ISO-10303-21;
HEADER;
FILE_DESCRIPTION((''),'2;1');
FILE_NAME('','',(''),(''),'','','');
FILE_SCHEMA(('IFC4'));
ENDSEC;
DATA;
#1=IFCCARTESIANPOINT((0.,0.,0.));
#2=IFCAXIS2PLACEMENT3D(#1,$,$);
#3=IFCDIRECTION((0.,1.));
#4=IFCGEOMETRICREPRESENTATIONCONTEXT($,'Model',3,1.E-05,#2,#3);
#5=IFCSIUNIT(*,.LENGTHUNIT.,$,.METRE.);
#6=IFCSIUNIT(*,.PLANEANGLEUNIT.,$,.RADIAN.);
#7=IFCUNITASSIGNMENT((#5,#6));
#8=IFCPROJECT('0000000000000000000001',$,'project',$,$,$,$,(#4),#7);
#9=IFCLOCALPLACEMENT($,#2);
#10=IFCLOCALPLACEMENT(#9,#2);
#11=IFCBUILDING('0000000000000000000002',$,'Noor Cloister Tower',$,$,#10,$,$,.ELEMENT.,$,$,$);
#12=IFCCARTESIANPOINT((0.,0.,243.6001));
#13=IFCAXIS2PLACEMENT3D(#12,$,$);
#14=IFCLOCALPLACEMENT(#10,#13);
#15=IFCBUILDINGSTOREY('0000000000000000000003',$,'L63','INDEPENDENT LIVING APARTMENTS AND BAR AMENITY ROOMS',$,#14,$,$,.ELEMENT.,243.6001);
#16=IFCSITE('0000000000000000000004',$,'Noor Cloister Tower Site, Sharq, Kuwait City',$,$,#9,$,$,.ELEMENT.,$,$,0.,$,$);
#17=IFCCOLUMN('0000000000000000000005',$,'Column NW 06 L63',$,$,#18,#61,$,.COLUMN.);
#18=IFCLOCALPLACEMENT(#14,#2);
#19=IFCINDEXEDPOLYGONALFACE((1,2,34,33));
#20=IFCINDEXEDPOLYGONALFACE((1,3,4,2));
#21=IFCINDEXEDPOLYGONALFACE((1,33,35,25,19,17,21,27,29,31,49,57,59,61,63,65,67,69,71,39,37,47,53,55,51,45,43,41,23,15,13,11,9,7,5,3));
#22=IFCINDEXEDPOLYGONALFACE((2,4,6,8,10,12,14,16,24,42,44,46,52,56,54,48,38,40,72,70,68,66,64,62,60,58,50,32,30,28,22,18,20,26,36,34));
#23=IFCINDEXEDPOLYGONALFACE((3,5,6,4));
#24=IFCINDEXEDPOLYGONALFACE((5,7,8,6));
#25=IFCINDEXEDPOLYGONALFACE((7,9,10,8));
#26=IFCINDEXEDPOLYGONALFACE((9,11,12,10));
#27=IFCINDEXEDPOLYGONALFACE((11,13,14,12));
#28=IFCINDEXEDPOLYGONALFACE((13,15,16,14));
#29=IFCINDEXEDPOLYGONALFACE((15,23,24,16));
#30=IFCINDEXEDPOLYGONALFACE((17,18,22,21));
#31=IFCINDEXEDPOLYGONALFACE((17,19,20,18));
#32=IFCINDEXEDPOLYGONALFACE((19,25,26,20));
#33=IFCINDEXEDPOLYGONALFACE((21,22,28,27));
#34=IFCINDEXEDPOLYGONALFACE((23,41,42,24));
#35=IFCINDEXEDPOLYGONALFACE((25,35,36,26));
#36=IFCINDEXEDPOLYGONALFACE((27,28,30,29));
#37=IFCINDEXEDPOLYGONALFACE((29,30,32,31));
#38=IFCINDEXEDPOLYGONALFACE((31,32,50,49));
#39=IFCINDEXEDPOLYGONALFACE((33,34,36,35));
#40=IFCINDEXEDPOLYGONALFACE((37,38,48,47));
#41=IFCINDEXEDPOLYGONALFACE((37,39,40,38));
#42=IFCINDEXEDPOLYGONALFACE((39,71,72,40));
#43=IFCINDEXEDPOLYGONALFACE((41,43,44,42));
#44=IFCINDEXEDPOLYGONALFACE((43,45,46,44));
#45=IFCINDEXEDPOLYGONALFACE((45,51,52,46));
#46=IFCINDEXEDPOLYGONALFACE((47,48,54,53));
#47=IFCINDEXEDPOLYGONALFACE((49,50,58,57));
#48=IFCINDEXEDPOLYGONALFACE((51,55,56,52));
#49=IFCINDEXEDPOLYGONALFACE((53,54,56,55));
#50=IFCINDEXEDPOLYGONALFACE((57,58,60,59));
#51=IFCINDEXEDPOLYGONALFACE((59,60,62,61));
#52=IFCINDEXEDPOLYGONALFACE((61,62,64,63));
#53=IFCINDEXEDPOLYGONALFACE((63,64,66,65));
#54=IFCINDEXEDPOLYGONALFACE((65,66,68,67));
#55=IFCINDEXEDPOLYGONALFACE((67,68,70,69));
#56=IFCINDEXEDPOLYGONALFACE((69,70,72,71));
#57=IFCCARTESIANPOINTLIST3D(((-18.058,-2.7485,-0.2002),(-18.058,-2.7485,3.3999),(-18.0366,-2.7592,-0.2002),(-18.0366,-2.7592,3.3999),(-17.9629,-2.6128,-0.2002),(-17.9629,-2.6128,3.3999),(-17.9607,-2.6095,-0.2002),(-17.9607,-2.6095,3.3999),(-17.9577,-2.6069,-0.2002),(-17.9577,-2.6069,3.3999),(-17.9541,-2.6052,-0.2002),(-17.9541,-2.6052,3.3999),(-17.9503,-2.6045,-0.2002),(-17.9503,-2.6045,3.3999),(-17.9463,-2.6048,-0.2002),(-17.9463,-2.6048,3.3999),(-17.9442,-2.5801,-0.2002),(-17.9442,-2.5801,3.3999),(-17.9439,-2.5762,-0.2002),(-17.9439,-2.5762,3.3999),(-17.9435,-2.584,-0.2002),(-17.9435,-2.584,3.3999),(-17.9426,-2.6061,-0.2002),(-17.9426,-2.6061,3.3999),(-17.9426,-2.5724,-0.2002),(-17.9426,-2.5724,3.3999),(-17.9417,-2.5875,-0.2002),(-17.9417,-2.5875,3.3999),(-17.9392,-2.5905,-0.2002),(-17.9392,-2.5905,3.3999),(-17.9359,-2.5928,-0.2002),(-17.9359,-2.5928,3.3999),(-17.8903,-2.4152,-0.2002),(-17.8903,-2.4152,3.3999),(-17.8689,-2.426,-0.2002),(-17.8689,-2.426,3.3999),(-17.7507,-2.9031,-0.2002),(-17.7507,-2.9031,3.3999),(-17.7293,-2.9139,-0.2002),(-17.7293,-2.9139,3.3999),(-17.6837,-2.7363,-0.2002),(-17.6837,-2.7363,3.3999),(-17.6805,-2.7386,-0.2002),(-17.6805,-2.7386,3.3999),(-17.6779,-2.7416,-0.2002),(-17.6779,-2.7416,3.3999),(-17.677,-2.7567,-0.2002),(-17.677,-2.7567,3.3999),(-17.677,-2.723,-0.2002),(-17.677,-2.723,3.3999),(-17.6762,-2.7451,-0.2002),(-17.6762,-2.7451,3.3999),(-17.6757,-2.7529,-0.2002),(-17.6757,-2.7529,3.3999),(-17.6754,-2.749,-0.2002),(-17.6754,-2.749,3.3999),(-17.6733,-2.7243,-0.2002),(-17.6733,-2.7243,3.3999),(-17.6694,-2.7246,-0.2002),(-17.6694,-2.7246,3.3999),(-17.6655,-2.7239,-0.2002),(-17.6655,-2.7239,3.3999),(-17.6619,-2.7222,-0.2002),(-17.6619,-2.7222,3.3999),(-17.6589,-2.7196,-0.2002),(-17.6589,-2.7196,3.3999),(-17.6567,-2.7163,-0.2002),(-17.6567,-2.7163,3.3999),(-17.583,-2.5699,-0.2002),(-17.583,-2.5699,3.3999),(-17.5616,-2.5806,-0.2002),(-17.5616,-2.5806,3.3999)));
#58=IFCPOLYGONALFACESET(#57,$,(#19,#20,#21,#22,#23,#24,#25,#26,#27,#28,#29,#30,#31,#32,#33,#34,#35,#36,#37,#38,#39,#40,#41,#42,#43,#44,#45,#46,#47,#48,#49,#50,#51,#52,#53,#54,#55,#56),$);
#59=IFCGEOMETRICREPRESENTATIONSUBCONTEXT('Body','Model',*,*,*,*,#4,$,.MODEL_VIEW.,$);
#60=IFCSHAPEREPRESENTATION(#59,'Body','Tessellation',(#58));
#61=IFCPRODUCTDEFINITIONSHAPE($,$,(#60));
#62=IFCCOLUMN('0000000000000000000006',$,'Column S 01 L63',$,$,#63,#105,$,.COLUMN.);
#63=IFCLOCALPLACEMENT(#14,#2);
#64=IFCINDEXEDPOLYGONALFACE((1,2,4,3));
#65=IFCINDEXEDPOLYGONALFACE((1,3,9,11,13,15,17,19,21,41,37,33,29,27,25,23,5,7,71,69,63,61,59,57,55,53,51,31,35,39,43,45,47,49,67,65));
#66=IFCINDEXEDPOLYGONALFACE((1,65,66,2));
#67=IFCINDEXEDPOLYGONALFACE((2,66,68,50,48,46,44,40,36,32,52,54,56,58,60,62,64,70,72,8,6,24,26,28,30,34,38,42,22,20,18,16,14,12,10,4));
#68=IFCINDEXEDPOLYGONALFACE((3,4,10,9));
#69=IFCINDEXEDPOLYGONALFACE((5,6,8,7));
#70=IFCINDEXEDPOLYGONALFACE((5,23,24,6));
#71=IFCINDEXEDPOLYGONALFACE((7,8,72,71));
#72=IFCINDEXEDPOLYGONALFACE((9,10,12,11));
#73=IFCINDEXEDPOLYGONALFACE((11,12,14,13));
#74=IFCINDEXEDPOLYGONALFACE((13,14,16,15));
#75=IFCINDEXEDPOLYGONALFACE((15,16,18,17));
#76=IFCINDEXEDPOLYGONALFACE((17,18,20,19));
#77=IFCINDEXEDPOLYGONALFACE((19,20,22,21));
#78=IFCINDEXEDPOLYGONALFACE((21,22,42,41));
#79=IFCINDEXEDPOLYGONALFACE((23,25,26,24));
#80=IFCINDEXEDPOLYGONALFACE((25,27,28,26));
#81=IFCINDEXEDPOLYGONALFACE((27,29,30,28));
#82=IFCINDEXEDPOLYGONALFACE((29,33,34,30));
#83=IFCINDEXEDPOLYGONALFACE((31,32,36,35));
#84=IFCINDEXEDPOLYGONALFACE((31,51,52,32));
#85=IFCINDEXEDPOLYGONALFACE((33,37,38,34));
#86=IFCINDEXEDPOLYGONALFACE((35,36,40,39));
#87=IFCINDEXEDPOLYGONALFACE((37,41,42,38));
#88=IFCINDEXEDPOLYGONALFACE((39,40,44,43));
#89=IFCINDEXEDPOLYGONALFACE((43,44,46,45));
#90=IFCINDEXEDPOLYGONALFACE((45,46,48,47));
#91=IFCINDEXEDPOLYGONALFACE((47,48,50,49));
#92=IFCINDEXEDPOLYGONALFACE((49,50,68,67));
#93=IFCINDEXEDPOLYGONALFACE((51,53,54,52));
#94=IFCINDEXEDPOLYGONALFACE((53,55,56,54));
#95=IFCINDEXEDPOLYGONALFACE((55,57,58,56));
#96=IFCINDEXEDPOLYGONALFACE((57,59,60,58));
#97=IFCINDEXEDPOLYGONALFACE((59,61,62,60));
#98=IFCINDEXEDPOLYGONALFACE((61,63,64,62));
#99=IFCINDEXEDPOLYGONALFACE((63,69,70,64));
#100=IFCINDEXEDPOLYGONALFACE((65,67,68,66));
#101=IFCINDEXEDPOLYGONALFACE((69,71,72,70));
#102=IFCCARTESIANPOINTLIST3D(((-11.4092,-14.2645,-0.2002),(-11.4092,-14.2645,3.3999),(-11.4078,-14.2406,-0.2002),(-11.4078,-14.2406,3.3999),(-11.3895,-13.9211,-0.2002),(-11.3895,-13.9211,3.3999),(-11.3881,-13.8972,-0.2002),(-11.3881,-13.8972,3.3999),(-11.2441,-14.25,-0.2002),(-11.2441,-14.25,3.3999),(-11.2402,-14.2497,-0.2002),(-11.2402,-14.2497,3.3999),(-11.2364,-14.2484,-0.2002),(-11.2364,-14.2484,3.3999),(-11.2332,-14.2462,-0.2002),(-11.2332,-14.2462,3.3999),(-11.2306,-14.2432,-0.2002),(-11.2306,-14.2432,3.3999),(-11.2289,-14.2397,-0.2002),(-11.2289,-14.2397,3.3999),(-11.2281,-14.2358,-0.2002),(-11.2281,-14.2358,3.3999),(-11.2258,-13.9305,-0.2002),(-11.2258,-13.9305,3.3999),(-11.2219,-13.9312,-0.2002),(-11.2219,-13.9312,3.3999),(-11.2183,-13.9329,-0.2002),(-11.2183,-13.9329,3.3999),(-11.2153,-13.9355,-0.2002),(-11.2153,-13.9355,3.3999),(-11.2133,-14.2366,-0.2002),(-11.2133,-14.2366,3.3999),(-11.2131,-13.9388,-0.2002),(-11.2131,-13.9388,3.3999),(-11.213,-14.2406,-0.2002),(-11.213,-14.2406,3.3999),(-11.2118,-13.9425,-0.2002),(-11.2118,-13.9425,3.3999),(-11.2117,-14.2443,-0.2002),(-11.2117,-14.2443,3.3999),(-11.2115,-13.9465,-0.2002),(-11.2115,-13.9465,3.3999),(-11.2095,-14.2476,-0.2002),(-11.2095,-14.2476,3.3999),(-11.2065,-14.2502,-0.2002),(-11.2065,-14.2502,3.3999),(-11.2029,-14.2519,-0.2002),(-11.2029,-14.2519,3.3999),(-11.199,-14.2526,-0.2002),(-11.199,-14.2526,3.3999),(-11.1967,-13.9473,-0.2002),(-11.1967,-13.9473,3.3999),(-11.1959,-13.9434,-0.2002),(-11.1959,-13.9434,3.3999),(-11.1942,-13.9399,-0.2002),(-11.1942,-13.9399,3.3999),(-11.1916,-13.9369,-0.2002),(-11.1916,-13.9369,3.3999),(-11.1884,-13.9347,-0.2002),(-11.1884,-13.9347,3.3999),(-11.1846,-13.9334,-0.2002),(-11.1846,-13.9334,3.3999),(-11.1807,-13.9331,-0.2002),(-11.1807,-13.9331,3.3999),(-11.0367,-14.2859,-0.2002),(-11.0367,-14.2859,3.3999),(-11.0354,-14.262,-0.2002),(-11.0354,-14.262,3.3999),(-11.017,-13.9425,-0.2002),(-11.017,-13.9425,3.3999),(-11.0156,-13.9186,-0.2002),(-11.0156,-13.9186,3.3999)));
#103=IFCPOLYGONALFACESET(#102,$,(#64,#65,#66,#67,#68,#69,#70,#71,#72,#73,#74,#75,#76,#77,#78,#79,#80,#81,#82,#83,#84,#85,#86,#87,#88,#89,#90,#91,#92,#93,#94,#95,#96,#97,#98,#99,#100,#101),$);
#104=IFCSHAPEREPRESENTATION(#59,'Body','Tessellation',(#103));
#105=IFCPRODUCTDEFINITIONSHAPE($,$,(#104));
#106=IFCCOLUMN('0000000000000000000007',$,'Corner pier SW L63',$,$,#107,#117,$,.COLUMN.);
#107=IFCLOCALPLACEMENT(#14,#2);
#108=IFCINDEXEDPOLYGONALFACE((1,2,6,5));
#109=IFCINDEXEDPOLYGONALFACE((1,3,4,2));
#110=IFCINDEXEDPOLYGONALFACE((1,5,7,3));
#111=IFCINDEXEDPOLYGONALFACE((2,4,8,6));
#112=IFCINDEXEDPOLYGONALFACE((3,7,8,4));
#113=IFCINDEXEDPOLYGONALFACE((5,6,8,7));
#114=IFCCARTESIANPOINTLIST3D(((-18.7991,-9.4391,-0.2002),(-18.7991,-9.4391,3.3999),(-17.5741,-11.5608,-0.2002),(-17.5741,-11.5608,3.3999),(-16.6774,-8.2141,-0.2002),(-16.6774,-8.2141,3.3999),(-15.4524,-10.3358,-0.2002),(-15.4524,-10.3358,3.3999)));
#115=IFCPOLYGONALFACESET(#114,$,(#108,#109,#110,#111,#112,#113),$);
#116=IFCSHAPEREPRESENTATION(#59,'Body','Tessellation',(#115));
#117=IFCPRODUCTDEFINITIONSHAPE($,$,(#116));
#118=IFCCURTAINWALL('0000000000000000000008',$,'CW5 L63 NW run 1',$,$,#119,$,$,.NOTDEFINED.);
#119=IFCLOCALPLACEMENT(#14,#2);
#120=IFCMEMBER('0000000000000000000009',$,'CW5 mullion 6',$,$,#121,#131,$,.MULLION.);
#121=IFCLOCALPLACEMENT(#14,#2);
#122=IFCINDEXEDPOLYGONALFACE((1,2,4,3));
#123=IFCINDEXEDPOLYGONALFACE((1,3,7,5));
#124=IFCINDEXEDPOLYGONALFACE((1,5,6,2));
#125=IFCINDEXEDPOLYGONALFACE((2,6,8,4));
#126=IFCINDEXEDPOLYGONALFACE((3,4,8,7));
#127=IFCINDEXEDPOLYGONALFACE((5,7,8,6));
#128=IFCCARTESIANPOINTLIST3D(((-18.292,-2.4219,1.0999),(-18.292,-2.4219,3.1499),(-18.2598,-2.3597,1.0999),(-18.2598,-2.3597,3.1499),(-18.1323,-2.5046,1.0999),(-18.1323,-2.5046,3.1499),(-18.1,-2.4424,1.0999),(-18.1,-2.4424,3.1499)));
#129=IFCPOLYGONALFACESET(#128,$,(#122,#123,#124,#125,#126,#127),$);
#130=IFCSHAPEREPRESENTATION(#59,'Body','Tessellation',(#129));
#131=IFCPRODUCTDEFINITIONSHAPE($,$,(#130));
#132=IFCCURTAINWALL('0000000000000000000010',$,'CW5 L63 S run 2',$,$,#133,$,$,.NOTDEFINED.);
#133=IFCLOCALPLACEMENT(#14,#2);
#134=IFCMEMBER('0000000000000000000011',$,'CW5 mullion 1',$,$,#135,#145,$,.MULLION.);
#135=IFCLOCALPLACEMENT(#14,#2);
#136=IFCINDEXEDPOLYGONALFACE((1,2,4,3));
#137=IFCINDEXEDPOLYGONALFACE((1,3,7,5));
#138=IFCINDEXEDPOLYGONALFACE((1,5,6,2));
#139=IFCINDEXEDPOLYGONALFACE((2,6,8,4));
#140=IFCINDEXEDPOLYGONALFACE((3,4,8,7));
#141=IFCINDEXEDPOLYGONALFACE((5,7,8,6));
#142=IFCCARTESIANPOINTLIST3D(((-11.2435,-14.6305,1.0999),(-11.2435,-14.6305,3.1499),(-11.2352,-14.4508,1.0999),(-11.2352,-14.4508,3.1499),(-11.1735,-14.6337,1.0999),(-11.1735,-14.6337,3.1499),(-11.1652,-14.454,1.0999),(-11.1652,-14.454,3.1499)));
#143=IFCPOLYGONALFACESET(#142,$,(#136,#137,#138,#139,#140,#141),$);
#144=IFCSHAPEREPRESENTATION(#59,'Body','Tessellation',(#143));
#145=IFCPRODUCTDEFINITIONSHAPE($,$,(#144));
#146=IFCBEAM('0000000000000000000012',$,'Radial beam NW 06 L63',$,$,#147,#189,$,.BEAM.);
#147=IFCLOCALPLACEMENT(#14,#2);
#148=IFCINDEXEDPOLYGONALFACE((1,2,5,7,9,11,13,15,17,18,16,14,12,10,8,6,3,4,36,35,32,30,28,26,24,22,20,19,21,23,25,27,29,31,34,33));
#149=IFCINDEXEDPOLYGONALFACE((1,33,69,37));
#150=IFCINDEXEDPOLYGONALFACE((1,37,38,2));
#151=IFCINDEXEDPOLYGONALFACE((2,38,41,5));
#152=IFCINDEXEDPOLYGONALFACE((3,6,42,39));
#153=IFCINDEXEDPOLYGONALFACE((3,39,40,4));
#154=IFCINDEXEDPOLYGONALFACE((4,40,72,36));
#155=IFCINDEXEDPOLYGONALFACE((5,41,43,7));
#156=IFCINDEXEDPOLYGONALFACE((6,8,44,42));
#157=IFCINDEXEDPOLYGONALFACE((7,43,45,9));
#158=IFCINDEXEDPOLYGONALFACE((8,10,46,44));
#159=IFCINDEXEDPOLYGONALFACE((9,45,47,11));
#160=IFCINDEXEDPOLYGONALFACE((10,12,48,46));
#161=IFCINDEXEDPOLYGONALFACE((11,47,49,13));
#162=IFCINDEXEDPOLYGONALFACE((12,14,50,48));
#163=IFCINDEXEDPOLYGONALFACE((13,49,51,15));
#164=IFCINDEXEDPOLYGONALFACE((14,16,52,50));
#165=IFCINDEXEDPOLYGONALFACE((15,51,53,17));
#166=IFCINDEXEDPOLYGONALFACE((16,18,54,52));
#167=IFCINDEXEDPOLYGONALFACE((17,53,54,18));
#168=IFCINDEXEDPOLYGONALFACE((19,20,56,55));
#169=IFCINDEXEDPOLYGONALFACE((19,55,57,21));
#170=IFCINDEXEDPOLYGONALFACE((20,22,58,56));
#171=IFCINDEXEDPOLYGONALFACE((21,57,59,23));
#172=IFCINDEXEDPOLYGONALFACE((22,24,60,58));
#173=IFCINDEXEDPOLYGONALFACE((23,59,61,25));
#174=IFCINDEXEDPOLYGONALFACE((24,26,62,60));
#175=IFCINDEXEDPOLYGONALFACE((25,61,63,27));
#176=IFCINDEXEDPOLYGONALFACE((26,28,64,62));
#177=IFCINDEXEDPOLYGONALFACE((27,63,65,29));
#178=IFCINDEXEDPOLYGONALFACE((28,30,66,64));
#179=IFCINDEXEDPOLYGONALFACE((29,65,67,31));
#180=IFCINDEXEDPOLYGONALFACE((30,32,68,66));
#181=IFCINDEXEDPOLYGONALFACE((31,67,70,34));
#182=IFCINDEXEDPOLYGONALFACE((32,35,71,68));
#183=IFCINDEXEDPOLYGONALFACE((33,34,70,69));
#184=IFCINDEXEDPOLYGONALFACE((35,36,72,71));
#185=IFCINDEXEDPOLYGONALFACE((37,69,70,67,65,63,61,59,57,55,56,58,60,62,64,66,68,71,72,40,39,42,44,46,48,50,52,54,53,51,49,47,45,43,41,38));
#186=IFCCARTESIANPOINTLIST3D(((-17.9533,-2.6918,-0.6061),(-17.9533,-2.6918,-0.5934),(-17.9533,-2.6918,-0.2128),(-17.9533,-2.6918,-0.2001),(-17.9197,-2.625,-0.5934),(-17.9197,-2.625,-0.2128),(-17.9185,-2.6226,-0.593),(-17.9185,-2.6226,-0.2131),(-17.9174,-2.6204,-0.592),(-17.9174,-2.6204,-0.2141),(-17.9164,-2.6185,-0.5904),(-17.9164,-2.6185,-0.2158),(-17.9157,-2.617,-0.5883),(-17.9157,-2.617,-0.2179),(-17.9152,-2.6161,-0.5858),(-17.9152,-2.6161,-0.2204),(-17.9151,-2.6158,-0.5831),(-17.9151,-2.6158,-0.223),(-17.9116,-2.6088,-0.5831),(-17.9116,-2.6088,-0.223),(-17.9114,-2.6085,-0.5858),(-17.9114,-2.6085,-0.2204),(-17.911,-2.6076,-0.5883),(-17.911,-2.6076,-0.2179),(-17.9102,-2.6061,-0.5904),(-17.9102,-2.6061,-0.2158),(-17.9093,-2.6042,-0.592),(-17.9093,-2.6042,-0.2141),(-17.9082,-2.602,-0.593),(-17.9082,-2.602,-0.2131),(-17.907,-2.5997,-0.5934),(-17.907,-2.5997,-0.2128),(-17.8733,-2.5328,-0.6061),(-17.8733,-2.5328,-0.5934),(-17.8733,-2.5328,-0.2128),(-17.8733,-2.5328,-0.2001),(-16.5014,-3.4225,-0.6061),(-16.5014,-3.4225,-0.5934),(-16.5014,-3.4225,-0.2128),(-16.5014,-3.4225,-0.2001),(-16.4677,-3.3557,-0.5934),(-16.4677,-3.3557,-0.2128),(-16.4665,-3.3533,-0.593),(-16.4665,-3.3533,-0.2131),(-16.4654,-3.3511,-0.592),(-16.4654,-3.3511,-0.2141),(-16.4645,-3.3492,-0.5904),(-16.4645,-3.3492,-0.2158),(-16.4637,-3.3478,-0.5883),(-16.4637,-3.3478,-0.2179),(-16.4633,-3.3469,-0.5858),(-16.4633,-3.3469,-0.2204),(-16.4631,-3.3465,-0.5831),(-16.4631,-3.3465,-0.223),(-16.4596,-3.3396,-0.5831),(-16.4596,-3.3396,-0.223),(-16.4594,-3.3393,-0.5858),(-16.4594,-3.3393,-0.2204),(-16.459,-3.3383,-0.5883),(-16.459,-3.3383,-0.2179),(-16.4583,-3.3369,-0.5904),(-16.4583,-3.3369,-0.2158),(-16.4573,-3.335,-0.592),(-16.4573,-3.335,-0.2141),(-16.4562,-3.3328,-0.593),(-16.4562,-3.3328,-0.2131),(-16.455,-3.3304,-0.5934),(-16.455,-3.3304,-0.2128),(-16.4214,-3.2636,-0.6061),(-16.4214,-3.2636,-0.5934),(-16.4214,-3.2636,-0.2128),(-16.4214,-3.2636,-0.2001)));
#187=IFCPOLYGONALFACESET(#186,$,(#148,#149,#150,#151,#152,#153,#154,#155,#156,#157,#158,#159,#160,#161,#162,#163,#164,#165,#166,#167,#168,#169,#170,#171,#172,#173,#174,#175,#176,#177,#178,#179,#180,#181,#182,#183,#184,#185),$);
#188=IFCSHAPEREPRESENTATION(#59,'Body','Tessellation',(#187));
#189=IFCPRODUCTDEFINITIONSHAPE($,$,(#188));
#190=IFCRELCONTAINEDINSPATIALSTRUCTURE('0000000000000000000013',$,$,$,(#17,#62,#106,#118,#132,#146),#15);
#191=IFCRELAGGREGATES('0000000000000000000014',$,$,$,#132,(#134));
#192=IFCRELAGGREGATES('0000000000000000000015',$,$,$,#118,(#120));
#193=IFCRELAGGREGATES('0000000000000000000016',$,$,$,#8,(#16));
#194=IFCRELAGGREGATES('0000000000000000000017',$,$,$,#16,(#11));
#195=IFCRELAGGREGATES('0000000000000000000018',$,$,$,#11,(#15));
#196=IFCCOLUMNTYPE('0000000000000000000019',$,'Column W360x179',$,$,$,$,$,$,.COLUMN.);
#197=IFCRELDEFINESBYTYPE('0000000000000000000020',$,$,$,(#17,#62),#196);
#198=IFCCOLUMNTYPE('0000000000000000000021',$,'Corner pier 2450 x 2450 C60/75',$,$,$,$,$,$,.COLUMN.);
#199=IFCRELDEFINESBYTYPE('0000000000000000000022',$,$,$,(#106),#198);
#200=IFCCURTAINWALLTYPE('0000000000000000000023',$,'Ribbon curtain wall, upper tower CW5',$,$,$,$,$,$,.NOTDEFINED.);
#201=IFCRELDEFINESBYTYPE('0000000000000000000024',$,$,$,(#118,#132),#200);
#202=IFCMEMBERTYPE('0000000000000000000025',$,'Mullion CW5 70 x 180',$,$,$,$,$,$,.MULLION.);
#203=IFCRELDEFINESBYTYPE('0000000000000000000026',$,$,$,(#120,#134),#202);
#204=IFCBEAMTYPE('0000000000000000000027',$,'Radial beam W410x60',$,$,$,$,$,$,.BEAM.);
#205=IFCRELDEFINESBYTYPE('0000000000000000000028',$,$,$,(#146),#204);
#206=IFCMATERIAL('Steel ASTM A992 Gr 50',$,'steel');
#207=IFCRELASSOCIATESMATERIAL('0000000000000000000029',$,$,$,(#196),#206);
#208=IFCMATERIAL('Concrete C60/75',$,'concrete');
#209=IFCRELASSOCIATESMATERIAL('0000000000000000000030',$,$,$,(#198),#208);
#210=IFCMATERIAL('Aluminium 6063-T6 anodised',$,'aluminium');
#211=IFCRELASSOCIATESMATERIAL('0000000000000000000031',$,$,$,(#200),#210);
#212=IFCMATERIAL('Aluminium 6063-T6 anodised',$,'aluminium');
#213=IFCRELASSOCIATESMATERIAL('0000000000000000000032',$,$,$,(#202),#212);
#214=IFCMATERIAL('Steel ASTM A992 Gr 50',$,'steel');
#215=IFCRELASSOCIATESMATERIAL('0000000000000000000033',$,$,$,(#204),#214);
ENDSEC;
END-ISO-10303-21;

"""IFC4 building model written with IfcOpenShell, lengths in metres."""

from ifc_helpers import new_model, si_unit, direction, frame, origin, origin_2d, place, context, subcontext, project, spatial, rectangle, i_section, extrude, material, material_profile, profile_set, type_object, element, aggregate, save


model = new_model("IFC4")

# Units and contexts
model_context = context("Model", 3, precision=1e-05, world=origin(), true_north=direction((0.0, 1.0)))
body_context = subcontext(model_context, "Body", "Model", "MODEL_VIEW")
ifc_project = project(units=[si_unit("LENGTHUNIT", "METRE"), si_unit("PLANEANGLEUNIT", "RADIAN")], contexts=[model_context])

# Site, building, storey
site_placement = place(None, origin())
site = spatial("IfcSite", under=ifc_project, at=site_placement, Name="Noor Cloister Tower Site, Sharq, Kuwait City", CompositionType="ELEMENT", RefElevation=0.0)
building_placement = place(site_placement, origin())
building = spatial("IfcBuilding", under=site, at=building_placement, Name="Noor Cloister Tower", CompositionType="ELEMENT")
storey_placement = place(building_placement, frame((0.0, 0.0, 243.6001)))
storey = spatial("IfcBuildingStorey", under=building, at=storey_placement, Name="L63", Description="INDEPENDENT LIVING APARTMENTS AND BAR AMENITY ROOMS", CompositionType="ELEMENT", Elevation=243.6001)

# Columns
ifc_material_1 = material(Name="Steel ASTM A992 Gr 50", Category="steel")
ifc_material_profile_1 = material_profile(ifc_material_1, i_section(OverallWidth=0.373, OverallDepth=0.3679, WebThickness=0.0149, FlangeThickness=0.0239, FilletRadius=0.0151, at=origin_2d()), Name="W360x179")
ifc_profile_set_1 = profile_set([ifc_material_profile_1], Name="Steel ASTM A992 Gr 50")
column_type_1 = type_object("IfcColumnType", Name="Column W360x179", PredefinedType="COLUMN", material=ifc_profile_set_1)
for number, where, z_axis, x_axis, name in (
    (1, (-17.8098, -2.6646, -0.2002), (0.0, 0.0, 1.0), (-0.449568, -0.893246, 0.0), "Column NW 06 L63"),
    (2, (-11.2124, -14.0916, -0.2002), (0.0, 0.0, 1.0), (0.998358, -0.057286, 0.0), "Column S 01 L63"),
):
    element("IfcColumn", number, at=place(storey_placement, frame(where, z_axis=z_axis, x_axis=x_axis)), inside=storey, type_object=column_type_1, Name=name, PredefinedType="COLUMN", context=body_context, shape_type="SweptSolid", body=[
        extrude(i_section(OverallWidth=0.373, OverallDepth=0.3679, WebThickness=0.0149, FlangeThickness=0.0239, FilletRadius=0.0151, at=origin_2d()), origin(), (0.0, 0.0, 1.0), 3.6001),
    ])
ifc_material_2 = material(Name="Concrete C60/75", Category="concrete")
ifc_material_profile_2 = material_profile(ifc_material_2, rectangle(XDim=2.45, YDim=2.45, at=origin_2d()), Name="RC 2450x2450")
ifc_profile_set_2 = profile_set([ifc_material_profile_2], Name="Concrete C60/75")
column_type_2 = type_object("IfcColumnType", Name="Corner pier 2450 x 2450 C60/75", PredefinedType="COLUMN", material=ifc_profile_set_2)
column_placement = place(storey_placement, frame((-17.1257, -9.8875, -0.2002), z_axis=(0.0, 0.0, 1.0), x_axis=(-0.866025, -0.5, 0.0)))
element("IfcColumn", 3, at=column_placement, inside=storey, type_object=column_type_2, Name="Corner pier SW L63", PredefinedType="COLUMN", context=body_context, shape_type="SweptSolid", body=[
    extrude(rectangle(XDim=2.45, YDim=2.45, at=origin_2d()), origin(), (0.0, 0.0, 1.0), 3.6001),
])

# Curtain walls, members
ifc_material_3 = material(Name="Aluminium 6063-T6 anodised", Category="aluminium")
curtain_wall_type = type_object("IfcCurtainWallType", Name="Ribbon curtain wall, upper tower CW5", PredefinedType="NOTDEFINED", material=ifc_material_3)
curtain_wall_1_placement = place(storey_placement, origin())
curtain_wall_1 = element("IfcCurtainWall", 4, at=curtain_wall_1_placement, inside=storey, type_object=curtain_wall_type, Name="CW5 L63 NW run 1", PredefinedType="NOTDEFINED")
ifc_material_4 = material(Name="Aluminium 6063-T6 anodised", Category="aluminium")
ifc_material_profile_3 = material_profile(ifc_material_4, rectangle(XDim=0.1799, YDim=0.0701, at=origin_2d()), Name="180 x 70 mullion")
ifc_profile_set_3 = profile_set([ifc_material_profile_3], Name="Aluminium 6063-T6 anodised")
member_type = type_object("IfcMemberType", Name="Mullion CW5 70 x 180", PredefinedType="MULLION", material=ifc_profile_set_3)
member_1_placement = place(storey_placement, frame((-18.196, -2.4321, 1.0999), z_axis=(0.0, 0.0, 1.0), x_axis=(0.888034, -0.459778, 0.0)))
member_1 = element("IfcMember", 5, at=member_1_placement, type_object=member_type, Name="CW5 mullion 6", PredefinedType="MULLION", context=body_context, shape_type="SweptSolid", body=[
    extrude(rectangle(XDim=0.1799, YDim=0.0701, at=origin_2d()), origin(), (0.0, 0.0, 1.0), 2.05),
])
curtain_wall_2_placement = place(storey_placement, origin())
curtain_wall_2 = element("IfcCurtainWall", 6, at=curtain_wall_2_placement, inside=storey, type_object=curtain_wall_type, Name="CW5 L63 S run 2", PredefinedType="NOTDEFINED")
member_2_placement = place(storey_placement, frame((-11.2043, -14.5422, 1.0999), z_axis=(0.0, 0.0, 1.0), x_axis=(0.045838, 0.998949, 0.0)))
member_2 = element("IfcMember", 7, at=member_2_placement, type_object=member_type, Name="CW5 mullion 1", PredefinedType="MULLION", context=body_context, shape_type="SweptSolid", body=[
    extrude(rectangle(XDim=0.1799, YDim=0.0701, at=origin_2d()), origin(), (0.0, 0.0, 1.0), 2.05),
])
aggregate(curtain_wall_2, [member_2])

# Beam
ifc_material_5 = material(Name="Steel ASTM A992 Gr 50", Category="steel")
ifc_material_profile_4 = material_profile(ifc_material_5, i_section(OverallWidth=0.178, OverallDepth=0.406, WebThickness=0.0078, FlangeThickness=0.0127, FilletRadius=0.0103, at=origin_2d()), Name="W410x60")
ifc_profile_set_4 = profile_set([ifc_material_profile_4], Name="Steel ASTM A992 Gr 50")
beam_type_1 = type_object("IfcBeamType", Name="Radial beam W410x60", PredefinedType="BEAM", material=ifc_profile_set_4)
beam_1_placement = place(storey_placement, frame((-17.9133, -2.6123, -0.4031), z_axis=(0.893253, -0.449555, 0.0), x_axis=(0.449555, 0.893253, 0.0)))
element("IfcBeam", 8, at=beam_1_placement, inside=storey, type_object=beam_type_1, Name="Radial beam NW 06 L63", PredefinedType="BEAM", context=body_context, shape_type="SweptSolid", body=[
    extrude(i_section(OverallWidth=0.178, OverallDepth=0.406, WebThickness=0.0078, FlangeThickness=0.0127, FilletRadius=0.0103, at=origin_2d()), origin(), (0.0, 0.0, 1.0), 1.6255),
])

aggregate(curtain_wall_1, [member_1])

save(model, "model.ifc")
